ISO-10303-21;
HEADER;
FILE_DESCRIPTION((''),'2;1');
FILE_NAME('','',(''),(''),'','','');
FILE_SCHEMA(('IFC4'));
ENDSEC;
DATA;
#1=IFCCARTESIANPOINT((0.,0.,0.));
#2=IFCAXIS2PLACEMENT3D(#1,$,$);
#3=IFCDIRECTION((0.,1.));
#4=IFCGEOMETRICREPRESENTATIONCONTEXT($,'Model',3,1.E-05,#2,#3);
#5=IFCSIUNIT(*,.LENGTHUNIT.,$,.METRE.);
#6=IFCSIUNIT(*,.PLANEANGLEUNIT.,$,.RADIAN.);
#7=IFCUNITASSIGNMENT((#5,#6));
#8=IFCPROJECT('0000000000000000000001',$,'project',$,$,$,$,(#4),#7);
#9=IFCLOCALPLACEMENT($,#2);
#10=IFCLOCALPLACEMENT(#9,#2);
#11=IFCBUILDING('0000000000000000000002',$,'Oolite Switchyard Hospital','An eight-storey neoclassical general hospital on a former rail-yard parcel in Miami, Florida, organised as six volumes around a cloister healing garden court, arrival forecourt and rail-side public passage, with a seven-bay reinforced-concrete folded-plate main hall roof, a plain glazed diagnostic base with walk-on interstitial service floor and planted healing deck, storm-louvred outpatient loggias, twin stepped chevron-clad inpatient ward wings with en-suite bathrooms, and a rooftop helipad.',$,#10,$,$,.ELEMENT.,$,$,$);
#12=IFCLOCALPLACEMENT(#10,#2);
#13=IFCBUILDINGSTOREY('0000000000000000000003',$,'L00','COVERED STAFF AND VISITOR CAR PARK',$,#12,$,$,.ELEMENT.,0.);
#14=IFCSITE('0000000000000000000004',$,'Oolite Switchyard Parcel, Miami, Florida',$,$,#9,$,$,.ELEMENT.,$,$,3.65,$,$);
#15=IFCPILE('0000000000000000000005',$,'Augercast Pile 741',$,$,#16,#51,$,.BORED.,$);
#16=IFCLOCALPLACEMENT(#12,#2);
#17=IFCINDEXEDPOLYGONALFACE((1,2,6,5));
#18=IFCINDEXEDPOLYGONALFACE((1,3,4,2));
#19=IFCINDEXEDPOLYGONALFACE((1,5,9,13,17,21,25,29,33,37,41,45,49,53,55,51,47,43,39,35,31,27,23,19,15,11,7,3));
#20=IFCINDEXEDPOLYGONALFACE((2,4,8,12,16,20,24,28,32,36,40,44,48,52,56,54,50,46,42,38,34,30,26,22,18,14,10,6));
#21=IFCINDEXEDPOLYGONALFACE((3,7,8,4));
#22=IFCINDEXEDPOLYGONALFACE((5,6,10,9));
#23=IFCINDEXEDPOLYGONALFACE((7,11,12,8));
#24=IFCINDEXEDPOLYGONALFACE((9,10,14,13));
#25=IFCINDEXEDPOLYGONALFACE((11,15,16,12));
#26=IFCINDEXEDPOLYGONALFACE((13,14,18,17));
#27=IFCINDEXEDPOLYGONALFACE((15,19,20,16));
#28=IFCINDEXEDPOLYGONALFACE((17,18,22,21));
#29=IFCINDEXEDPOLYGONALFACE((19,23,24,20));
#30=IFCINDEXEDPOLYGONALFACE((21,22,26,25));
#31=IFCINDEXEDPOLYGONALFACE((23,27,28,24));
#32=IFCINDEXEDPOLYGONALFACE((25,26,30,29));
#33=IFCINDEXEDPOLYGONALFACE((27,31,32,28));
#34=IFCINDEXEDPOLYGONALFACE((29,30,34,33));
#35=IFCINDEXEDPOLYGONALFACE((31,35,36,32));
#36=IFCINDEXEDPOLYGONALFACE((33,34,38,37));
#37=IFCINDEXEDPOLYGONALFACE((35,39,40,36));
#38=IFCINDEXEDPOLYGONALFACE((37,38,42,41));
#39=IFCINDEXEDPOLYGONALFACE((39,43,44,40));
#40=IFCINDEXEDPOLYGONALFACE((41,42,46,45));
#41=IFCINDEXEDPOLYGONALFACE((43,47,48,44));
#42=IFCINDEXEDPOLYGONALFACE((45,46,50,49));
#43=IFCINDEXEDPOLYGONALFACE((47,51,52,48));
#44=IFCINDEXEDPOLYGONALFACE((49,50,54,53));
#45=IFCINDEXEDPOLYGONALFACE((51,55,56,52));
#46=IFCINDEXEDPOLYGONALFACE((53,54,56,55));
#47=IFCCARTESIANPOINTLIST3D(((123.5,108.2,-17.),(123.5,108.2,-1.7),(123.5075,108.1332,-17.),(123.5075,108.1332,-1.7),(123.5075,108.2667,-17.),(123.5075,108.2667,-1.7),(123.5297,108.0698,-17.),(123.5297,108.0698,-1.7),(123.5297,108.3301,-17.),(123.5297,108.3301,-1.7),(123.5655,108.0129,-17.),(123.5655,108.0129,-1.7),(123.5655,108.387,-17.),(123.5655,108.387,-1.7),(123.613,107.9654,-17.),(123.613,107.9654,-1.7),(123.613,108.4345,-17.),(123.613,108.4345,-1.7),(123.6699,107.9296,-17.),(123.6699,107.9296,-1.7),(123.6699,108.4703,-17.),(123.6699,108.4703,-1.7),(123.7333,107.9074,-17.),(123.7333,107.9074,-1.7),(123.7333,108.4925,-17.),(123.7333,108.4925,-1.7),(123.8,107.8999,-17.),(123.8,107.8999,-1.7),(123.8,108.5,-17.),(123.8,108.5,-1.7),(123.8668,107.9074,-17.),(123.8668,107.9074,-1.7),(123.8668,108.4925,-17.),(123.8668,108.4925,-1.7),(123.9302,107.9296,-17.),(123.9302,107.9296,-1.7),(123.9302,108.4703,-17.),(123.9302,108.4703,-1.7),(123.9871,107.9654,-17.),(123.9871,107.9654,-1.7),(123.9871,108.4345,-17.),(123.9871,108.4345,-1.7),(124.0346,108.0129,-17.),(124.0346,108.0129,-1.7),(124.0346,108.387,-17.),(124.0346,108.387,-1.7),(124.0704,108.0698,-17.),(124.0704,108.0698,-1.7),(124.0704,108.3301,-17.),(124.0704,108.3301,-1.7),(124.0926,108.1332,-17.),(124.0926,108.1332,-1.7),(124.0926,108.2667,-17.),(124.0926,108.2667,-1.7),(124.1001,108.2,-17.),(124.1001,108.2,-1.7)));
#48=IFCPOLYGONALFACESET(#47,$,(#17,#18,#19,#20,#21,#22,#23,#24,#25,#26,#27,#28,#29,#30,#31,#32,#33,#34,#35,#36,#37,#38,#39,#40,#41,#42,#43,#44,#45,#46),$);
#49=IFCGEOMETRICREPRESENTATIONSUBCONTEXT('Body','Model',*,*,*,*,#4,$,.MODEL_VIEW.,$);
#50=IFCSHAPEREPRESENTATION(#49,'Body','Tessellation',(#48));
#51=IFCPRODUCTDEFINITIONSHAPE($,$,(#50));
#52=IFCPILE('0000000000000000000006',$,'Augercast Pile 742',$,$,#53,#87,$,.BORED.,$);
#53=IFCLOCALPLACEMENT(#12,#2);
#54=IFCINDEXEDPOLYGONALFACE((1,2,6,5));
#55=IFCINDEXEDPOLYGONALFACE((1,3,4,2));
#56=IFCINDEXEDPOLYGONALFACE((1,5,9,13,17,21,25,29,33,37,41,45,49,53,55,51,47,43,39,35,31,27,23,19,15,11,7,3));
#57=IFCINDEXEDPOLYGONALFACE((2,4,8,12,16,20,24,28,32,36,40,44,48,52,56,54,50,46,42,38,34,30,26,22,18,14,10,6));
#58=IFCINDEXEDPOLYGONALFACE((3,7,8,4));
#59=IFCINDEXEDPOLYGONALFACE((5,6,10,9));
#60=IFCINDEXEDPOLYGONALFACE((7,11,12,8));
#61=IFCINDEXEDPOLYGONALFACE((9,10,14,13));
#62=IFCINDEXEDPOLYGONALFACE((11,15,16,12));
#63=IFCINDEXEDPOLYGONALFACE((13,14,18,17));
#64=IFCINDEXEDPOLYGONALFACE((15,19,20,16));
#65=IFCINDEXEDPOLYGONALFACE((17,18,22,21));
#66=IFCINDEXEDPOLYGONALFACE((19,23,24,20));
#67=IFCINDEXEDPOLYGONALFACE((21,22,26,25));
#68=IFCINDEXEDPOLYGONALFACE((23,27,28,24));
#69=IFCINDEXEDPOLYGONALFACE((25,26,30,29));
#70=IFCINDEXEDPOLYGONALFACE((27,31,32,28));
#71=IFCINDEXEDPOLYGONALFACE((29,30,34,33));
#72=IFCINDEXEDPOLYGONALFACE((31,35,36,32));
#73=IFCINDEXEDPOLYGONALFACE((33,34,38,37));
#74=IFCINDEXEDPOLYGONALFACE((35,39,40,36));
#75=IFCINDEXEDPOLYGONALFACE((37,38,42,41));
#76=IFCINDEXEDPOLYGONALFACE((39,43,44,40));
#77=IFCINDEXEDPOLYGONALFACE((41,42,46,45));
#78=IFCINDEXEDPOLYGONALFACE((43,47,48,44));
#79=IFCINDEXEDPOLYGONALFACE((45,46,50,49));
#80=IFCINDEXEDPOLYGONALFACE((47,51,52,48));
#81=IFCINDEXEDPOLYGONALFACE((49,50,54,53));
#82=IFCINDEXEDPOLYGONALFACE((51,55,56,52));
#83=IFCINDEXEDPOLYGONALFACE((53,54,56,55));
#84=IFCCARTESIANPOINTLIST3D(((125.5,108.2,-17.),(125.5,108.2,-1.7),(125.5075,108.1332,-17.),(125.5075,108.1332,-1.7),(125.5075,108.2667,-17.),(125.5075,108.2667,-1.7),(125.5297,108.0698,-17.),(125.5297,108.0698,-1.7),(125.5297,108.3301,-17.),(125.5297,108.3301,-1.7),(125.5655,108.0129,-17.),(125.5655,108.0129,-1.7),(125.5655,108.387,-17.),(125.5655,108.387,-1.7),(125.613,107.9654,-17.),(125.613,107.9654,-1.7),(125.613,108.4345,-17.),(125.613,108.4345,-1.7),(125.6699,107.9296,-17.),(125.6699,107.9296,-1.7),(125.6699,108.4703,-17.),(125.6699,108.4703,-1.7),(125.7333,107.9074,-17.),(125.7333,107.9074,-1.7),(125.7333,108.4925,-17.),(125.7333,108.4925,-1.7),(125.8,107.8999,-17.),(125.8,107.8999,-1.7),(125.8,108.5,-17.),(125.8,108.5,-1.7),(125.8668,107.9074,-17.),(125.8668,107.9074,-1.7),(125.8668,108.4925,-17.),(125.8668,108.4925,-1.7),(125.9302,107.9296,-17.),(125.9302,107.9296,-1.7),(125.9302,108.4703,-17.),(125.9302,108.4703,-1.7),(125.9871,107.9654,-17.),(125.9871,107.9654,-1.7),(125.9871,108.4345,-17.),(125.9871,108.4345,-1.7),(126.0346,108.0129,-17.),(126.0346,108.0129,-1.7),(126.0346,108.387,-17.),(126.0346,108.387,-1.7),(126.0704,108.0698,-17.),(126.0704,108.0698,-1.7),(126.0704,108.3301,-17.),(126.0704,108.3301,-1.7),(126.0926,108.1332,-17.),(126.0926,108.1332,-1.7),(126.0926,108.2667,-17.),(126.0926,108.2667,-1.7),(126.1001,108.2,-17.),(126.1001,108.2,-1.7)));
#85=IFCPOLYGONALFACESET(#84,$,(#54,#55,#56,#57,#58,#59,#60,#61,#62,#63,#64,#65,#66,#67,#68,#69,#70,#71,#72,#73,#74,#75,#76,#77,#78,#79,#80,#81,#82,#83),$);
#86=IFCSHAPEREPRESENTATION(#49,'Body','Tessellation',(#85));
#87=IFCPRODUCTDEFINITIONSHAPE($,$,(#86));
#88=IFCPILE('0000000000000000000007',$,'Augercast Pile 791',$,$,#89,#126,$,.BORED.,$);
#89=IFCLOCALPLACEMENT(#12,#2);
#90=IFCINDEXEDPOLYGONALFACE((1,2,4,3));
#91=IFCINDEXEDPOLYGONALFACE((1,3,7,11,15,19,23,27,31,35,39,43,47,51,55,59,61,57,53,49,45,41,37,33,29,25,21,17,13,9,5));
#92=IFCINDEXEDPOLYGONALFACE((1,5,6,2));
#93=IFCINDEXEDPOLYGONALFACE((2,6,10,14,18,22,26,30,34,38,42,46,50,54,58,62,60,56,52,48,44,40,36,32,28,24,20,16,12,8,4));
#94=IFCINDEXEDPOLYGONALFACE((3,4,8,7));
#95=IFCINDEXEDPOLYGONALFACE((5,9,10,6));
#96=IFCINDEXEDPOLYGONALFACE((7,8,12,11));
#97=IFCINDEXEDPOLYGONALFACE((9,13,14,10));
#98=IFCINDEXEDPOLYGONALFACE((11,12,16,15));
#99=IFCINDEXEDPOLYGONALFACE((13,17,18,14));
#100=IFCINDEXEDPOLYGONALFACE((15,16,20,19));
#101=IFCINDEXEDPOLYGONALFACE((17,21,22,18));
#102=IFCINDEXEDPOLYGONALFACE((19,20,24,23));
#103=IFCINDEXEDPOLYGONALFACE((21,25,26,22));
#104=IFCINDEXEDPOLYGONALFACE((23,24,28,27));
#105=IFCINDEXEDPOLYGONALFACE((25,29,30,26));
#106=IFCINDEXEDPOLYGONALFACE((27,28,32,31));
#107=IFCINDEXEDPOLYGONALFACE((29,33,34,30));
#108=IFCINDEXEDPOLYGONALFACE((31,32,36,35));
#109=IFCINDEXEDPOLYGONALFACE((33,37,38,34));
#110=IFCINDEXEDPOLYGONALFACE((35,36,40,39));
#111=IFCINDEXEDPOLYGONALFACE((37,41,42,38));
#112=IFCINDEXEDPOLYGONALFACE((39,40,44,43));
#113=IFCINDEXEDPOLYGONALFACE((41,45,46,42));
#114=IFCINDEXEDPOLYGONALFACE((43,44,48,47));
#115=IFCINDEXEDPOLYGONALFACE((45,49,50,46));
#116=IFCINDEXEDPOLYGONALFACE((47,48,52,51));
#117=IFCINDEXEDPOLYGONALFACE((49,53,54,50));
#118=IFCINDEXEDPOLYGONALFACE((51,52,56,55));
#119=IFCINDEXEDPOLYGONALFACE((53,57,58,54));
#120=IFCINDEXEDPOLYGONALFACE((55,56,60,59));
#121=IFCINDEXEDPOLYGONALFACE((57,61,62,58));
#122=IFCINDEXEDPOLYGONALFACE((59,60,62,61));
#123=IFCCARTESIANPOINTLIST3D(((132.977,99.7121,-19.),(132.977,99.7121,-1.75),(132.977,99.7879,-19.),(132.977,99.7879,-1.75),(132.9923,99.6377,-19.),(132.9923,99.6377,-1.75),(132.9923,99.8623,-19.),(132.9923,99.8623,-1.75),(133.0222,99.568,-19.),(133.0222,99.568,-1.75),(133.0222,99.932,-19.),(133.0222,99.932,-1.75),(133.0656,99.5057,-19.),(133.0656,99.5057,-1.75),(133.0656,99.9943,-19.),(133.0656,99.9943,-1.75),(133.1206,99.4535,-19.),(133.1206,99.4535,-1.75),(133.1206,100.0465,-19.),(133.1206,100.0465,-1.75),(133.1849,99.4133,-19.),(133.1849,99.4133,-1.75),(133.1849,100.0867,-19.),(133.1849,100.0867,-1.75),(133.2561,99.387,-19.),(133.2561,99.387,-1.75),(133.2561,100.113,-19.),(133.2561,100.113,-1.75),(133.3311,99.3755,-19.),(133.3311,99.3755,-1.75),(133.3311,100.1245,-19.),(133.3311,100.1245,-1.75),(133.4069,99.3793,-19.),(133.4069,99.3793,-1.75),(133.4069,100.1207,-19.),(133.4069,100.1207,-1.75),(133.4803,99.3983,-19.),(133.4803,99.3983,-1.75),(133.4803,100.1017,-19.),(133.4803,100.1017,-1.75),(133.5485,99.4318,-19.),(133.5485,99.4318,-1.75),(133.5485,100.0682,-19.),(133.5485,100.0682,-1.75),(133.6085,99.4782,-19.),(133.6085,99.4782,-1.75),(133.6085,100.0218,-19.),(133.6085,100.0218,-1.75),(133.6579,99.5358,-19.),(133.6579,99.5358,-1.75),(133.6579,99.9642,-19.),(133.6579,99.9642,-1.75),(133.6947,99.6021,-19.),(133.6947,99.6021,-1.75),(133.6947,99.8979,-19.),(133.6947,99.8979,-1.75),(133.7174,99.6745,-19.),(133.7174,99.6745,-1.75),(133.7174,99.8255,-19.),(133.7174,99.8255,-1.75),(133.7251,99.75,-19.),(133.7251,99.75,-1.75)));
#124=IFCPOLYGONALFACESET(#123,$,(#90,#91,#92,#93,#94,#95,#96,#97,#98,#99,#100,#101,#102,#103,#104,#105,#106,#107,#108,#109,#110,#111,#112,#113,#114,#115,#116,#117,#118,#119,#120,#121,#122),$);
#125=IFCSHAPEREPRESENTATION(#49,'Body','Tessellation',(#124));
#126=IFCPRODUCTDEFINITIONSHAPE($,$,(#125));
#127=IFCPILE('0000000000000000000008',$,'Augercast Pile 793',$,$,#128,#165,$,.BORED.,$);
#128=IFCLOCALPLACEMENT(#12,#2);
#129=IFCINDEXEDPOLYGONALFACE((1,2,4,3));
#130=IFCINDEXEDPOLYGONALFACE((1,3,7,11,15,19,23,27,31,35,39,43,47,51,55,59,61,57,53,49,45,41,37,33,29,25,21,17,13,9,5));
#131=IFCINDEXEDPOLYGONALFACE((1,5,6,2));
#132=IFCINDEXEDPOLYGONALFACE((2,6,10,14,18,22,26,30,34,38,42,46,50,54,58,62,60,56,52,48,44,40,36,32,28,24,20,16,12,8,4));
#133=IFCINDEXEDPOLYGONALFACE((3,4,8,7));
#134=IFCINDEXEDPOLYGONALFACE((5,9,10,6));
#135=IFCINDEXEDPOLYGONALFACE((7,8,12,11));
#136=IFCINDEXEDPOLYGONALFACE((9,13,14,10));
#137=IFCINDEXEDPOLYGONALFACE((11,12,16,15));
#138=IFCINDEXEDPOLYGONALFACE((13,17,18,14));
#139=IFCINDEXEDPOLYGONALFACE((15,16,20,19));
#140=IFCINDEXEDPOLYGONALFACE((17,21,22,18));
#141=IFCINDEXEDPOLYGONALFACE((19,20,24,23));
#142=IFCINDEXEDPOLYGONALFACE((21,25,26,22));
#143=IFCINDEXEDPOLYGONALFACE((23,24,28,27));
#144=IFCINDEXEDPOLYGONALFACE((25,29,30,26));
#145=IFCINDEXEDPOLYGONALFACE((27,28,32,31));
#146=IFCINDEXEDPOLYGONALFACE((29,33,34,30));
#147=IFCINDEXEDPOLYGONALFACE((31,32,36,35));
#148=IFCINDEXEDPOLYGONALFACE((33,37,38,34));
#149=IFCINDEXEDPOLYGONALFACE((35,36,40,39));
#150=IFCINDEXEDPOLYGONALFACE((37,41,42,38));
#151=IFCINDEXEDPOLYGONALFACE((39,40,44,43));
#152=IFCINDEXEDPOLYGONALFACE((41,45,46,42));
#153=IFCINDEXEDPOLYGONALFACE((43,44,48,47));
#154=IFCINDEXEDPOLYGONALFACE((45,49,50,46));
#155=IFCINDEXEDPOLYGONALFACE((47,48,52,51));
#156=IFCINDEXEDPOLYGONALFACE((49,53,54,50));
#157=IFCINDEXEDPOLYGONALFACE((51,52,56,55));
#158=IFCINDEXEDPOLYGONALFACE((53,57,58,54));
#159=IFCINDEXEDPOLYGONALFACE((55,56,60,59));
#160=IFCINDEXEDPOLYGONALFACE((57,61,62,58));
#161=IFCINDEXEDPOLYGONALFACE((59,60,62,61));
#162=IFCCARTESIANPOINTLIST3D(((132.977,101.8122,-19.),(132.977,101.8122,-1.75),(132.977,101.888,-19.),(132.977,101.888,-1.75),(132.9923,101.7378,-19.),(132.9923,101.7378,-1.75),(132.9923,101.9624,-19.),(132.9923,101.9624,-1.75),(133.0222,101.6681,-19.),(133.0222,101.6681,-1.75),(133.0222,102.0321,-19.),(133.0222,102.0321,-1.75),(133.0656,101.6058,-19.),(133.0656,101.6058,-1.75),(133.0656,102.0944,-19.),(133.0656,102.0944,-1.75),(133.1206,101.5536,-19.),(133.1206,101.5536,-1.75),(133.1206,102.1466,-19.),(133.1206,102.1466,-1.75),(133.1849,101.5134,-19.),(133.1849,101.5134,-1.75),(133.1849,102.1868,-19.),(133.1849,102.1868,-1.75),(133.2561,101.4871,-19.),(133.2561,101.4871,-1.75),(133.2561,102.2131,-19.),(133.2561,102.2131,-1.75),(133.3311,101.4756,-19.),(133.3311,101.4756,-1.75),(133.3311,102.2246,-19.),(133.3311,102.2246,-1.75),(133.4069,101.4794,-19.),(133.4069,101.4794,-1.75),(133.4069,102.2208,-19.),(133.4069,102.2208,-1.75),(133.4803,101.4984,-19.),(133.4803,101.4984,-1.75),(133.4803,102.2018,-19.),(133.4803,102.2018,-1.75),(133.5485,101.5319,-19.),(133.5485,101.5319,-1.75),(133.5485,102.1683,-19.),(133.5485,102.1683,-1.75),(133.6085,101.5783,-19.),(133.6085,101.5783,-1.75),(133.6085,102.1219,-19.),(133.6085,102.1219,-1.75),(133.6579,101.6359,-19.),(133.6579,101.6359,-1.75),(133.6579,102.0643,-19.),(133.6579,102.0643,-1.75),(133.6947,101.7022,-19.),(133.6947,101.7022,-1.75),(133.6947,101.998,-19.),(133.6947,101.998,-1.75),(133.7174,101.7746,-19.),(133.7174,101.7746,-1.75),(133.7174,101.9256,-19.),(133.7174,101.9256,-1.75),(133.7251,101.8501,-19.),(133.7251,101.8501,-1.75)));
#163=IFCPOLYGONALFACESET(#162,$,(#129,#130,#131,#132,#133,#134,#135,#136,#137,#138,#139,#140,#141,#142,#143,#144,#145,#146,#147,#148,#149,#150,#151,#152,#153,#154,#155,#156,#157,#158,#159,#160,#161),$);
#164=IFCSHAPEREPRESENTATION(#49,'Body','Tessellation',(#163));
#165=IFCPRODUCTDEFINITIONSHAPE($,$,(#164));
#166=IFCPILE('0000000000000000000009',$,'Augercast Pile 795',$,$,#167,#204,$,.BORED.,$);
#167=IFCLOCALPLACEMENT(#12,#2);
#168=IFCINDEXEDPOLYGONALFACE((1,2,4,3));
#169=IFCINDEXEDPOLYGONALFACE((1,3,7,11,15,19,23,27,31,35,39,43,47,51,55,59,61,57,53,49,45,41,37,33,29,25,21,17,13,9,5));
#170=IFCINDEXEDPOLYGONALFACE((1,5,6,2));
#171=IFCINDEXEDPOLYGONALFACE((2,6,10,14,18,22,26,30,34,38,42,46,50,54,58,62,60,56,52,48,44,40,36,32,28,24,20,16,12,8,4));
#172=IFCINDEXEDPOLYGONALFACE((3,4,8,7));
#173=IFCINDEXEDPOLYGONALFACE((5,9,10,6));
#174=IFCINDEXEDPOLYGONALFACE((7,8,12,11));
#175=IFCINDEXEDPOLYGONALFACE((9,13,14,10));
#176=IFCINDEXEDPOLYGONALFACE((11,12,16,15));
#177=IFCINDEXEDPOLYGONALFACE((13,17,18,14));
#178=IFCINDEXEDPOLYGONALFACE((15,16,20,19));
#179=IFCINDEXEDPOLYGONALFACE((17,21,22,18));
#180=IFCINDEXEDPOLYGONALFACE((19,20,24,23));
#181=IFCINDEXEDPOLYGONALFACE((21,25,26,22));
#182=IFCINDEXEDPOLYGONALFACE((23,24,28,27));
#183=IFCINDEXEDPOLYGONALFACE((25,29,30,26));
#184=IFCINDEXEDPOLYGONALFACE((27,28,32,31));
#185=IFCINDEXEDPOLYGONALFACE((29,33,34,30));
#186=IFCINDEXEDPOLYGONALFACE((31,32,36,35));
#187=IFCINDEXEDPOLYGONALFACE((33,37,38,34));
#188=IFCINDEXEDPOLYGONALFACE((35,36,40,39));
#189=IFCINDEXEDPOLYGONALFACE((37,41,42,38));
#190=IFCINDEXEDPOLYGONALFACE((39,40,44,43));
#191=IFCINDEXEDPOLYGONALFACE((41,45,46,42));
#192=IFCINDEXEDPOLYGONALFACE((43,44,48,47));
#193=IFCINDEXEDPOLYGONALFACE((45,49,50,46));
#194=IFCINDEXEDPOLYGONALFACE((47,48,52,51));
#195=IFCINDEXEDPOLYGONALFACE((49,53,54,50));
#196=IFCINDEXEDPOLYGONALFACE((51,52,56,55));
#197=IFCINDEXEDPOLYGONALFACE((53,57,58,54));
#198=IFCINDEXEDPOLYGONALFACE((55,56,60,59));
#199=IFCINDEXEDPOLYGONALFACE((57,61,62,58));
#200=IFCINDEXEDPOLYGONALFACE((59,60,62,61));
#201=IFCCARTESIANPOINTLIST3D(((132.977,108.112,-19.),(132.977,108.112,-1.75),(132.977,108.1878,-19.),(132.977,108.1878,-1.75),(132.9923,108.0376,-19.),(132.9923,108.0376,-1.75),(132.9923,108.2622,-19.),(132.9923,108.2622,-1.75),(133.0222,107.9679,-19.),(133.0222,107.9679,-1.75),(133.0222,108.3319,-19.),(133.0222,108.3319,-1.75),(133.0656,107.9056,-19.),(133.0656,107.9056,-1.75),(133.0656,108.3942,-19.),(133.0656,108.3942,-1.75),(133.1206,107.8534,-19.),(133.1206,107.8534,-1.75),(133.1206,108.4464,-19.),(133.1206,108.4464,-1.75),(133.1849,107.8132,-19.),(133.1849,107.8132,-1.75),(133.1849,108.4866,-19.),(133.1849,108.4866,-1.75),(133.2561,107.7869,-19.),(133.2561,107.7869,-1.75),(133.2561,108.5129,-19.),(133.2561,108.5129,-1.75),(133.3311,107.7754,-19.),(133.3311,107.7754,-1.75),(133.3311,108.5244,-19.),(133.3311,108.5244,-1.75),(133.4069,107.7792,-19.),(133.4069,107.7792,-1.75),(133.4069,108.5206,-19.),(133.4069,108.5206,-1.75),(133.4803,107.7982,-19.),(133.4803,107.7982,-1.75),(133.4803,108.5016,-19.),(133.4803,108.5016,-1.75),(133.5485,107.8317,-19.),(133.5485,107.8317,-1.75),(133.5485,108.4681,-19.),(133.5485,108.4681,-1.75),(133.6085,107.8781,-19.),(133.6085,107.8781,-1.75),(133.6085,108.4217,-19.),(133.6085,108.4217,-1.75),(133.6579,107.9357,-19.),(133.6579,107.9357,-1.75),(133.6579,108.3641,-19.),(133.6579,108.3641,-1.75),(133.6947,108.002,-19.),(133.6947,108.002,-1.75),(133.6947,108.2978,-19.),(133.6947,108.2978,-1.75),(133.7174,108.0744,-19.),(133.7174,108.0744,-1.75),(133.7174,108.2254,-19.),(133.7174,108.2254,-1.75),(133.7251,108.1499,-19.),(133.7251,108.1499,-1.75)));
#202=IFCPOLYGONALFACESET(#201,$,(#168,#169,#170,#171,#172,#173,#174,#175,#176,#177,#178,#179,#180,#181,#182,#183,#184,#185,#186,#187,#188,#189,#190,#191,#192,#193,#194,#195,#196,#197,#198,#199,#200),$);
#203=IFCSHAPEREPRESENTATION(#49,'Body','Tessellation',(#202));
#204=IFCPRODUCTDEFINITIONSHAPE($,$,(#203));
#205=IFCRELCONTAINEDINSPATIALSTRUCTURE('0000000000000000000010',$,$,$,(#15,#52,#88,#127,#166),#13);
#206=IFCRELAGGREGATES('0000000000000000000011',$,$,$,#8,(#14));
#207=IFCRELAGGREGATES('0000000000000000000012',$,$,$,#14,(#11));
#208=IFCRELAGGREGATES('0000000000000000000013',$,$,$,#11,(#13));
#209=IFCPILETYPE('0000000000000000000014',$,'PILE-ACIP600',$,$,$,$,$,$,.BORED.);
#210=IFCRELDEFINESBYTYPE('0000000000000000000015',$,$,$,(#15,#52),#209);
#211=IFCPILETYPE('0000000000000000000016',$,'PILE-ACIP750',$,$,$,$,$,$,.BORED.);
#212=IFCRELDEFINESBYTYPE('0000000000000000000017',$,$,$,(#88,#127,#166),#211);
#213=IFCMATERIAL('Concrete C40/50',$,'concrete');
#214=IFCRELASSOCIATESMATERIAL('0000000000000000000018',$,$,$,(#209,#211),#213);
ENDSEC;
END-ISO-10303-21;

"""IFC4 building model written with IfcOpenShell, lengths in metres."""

from ifc_helpers import new_model, si_unit, direction, frame, origin, origin_2d, place, context, subcontext, project, spatial, circle, extrude, material, material_profile, profile_set, type_object, element, save


model = new_model("IFC4")

# Units and contexts
model_context = context("Model", 3, precision=1e-05, world=origin(), true_north=direction((0.0, 1.0)))
body_context = subcontext(model_context, "Body", "Model", "MODEL_VIEW")
ifc_project = project(units=[si_unit("LENGTHUNIT", "METRE"), si_unit("PLANEANGLEUNIT", "RADIAN")], contexts=[model_context])

# Site, building, storey
site_placement = place(None, origin())
site = spatial("IfcSite", under=ifc_project, at=site_placement, Name="Oolite Switchyard Parcel, Miami, Florida", CompositionType="ELEMENT", RefElevation=3.65)
building_placement = place(site_placement, origin())
building = spatial("IfcBuilding", under=site, at=building_placement, Name="Oolite Switchyard Hospital", Description="An eight-storey neoclassical general hospital on a former rail-yard parcel in Miami, Florida, organised as six volumes around a cloister healing garden court, arrival forecourt and rail-side public passage, with a seven-bay reinforced-concrete folded-plate main hall roof, a plain glazed diagnostic base with walk-on interstitial service floor and planted healing deck, storm-louvred outpatient loggias, twin stepped chevron-clad inpatient ward wings with en-suite bathrooms, and a rooftop helipad.", CompositionType="ELEMENT")
storey_placement = place(building_placement, origin())
storey = spatial("IfcBuildingStorey", under=building, at=storey_placement, Name="L00", Description="COVERED STAFF AND VISITOR CAR PARK", CompositionType="ELEMENT", Elevation=0.0)

# Shared definitions
ifc_material_1 = material(Name="Concrete C40/50", Category="concrete")

# Piles
ifc_material_profile_1 = material_profile(ifc_material_1, circle(Radius=0.3, at=origin_2d()), Name="PILE600")
ifc_profile_set_1 = profile_set([ifc_material_profile_1], Name="Concrete C40/50")
pile_type_1 = type_object("IfcPileType", Name="PILE-ACIP600", PredefinedType="BORED", material=ifc_profile_set_1)
for number, where, z_axis, x_axis, name in (
    (1, (123.8, 108.2, -1.7), (0.0, 0.0, -1.0), (1.0, 0.0, 0.0), "Augercast Pile 741"),
    (2, (125.8, 108.2, -1.7), (0.0, 0.0, -1.0), (1.0, 0.0, 0.0), "Augercast Pile 742"),
):
    element("IfcPile", number, at=place(storey_placement, frame(where, z_axis=z_axis, x_axis=x_axis)), inside=storey, type_object=pile_type_1, Name=name, PredefinedType="BORED", context=body_context, shape_type="SweptSolid", body=[
        extrude(circle(Radius=0.3, at=origin_2d()), origin(), (0.0, 0.0, 1.0), 15.3),
    ])
ifc_material_profile_2 = material_profile(ifc_material_1, circle(Radius=0.375, at=origin_2d()), Name="PILE750")
ifc_profile_set_2 = profile_set([ifc_material_profile_2], Name="Concrete C40/50")
pile_type_2 = type_object("IfcPileType", Name="PILE-ACIP750", PredefinedType="BORED", material=ifc_profile_set_2)
for number, where, z_axis, x_axis, name in (
    (3, (133.3501, 99.75, -1.75), (0.0, 0.0, -1.0), (1.0, 0.0, 0.0), "Augercast Pile 791"),
    (4, (133.3501, 101.8501, -1.75), (0.0, 0.0, -1.0), (1.0, 0.0, 0.0), "Augercast Pile 793"),
    (5, (133.3501, 108.1499, -1.75), (0.0, 0.0, -1.0), (1.0, 0.0, 0.0), "Augercast Pile 795"),
):
    element("IfcPile", number, at=place(storey_placement, frame(where, z_axis=z_axis, x_axis=x_axis)), inside=storey, type_object=pile_type_2, Name=name, PredefinedType="BORED", context=body_context, shape_type="SweptSolid", body=[
        extrude(circle(Radius=0.375, at=origin_2d()), origin(), (0.0, 0.0, 1.0), 17.25),
    ])

save(model, "model.ifc")
